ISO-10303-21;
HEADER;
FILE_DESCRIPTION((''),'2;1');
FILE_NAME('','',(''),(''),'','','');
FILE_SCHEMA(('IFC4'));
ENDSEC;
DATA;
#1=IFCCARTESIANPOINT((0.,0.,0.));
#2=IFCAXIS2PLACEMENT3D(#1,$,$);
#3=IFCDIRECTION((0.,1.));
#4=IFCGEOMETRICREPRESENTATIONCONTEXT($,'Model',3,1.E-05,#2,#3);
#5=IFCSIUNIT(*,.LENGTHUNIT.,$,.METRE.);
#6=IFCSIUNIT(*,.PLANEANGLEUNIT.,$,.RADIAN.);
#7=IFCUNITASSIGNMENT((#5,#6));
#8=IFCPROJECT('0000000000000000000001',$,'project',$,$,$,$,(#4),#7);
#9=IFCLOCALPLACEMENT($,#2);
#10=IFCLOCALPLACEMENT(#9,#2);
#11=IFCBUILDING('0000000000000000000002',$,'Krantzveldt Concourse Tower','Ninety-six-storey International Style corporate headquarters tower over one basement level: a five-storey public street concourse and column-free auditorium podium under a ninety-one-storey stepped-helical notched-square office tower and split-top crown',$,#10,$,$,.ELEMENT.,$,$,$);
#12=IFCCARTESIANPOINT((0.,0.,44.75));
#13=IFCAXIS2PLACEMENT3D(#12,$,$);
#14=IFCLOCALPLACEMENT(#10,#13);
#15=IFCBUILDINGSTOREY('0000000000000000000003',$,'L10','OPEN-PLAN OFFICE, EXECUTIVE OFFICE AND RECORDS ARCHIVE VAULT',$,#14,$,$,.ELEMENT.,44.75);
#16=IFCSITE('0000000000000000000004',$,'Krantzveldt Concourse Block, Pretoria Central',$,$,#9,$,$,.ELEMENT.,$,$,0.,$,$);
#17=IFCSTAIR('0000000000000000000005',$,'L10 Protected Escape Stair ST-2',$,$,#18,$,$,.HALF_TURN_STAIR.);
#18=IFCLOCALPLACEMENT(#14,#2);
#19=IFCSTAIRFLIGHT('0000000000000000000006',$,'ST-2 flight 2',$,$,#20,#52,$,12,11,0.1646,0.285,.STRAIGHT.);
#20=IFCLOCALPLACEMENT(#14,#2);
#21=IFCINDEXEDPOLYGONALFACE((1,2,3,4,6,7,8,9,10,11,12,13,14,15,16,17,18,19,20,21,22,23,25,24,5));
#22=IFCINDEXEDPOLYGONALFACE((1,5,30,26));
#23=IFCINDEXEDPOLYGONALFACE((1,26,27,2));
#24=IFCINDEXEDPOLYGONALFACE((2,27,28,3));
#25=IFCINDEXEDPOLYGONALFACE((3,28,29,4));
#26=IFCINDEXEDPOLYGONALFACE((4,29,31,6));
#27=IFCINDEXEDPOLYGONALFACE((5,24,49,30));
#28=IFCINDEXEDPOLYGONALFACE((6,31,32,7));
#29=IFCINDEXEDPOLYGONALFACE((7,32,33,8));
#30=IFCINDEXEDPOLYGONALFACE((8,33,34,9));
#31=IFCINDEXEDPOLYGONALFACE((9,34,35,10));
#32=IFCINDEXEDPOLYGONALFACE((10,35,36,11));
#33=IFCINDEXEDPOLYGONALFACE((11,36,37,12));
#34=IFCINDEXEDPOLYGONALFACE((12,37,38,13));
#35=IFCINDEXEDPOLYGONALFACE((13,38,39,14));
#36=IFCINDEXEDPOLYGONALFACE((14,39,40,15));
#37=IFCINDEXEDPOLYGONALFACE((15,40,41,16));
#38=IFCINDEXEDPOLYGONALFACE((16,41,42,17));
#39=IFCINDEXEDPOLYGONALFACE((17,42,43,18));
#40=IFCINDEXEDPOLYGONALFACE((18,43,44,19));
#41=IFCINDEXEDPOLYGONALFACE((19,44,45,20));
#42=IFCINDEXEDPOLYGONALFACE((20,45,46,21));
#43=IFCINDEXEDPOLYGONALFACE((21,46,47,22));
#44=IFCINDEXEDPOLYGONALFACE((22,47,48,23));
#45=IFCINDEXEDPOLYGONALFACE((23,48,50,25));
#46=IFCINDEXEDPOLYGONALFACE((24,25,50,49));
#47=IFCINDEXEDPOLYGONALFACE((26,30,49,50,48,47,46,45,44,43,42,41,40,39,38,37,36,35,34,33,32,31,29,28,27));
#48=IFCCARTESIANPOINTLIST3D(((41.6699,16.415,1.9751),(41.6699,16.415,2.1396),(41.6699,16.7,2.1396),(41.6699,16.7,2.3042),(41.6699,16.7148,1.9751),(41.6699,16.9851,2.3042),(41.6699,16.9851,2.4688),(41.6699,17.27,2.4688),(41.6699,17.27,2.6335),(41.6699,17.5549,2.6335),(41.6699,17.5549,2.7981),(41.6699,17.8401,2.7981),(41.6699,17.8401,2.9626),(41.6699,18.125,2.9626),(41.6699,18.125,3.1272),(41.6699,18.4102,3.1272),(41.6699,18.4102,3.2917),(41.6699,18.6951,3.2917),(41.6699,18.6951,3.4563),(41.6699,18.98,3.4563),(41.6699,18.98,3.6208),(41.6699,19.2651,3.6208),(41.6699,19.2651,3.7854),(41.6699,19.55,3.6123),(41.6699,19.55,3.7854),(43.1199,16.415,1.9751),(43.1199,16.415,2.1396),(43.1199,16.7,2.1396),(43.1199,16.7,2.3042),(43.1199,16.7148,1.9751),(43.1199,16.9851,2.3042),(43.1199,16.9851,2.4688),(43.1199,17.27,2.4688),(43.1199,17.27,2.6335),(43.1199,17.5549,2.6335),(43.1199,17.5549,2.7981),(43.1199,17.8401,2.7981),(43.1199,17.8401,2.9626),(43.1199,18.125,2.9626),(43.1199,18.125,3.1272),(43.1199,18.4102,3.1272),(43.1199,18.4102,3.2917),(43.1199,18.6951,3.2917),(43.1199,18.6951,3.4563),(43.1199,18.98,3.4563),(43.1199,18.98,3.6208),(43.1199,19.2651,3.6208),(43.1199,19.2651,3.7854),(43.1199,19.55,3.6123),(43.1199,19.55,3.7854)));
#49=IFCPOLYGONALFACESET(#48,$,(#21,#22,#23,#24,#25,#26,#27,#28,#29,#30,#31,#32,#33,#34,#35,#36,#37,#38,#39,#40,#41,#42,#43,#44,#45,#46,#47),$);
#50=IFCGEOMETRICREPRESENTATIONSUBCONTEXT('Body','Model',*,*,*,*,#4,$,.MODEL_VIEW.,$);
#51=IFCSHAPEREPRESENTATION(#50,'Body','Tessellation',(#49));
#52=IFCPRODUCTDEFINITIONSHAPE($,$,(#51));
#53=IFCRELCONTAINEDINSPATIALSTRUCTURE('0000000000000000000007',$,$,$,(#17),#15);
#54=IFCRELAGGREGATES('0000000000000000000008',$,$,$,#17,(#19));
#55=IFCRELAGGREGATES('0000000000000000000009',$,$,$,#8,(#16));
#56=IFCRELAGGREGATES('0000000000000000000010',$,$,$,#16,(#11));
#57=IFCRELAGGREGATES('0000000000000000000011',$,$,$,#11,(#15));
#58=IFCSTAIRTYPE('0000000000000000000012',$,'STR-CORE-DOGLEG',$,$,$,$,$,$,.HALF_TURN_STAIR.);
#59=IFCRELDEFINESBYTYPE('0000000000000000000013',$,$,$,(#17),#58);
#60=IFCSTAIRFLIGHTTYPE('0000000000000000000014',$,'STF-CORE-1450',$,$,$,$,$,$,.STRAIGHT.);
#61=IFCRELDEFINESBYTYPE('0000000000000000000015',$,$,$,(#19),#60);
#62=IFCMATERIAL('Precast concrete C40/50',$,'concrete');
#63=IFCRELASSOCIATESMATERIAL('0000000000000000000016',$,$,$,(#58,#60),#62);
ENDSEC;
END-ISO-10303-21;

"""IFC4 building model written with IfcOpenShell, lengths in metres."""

from ifc_helpers import new_model, si_unit, direction, frame, origin, place, context, subcontext, project, spatial, polyline, outline, extrude, material, type_object, element, aggregate, save


model = new_model("IFC4")

# Units and contexts
model_context = context("Model", 3, precision=1e-05, world=origin(), true_north=direction((0.0, 1.0)))
body_context = subcontext(model_context, "Body", "Model", "MODEL_VIEW")
ifc_project = project(units=[si_unit("LENGTHUNIT", "METRE"), si_unit("PLANEANGLEUNIT", "RADIAN")], contexts=[model_context])

# Site, building, storey
site_placement = place(None, origin())
site = spatial("IfcSite", under=ifc_project, at=site_placement, Name="Krantzveldt Concourse Block, Pretoria Central", CompositionType="ELEMENT", RefElevation=0.0)
building_placement = place(site_placement, origin())
building = spatial("IfcBuilding", under=site, at=building_placement, Name="Krantzveldt Concourse Tower", Description="Ninety-six-storey International Style corporate headquarters tower over one basement level: a five-storey public street concourse and column-free auditorium podium under a ninety-one-storey stepped-helical notched-square office tower and split-top crown", CompositionType="ELEMENT")
storey_placement = place(building_placement, frame((0.0, 0.0, 44.75)))
storey = spatial("IfcBuildingStorey", under=building, at=storey_placement, Name="L10", Description="OPEN-PLAN OFFICE, EXECUTIVE OFFICE AND RECORDS ARCHIVE VAULT", CompositionType="ELEMENT", Elevation=44.75)

# Stair, stair flight
ifc_material_1 = material(Name="Precast concrete C40/50", Category="concrete")
stair_type = type_object("IfcStairType", Name="STR-CORE-DOGLEG", PredefinedType="HALF_TURN_STAIR", material=ifc_material_1)
stair_placement = place(storey_placement, origin())
stair = element("IfcStair", 1, at=stair_placement, inside=storey, type_object=stair_type, Name="L10 Protected Escape Stair ST-2", PredefinedType="HALF_TURN_STAIR")
stair_flight_type = type_object("IfcStairFlightType", Name="STF-CORE-1450", PredefinedType="STRAIGHT", material=ifc_material_1)
stair_flight_1_placement = place(storey_placement, frame((42.395, 16.415, 1.9751), z_axis=(0.0, 0.0, 1.0), x_axis=(0.0, 1.0, 0.0)))
stair_flight_1 = element("IfcStairFlight", 2, at=stair_flight_1_placement, type_object=stair_flight_type, Name="ST-2 flight 2", NumberOfRisers=12, NumberOfTreads=11, PredefinedType="STRAIGHT", RiserHeight=0.1646, TreadLength=0.285, context=body_context, shape_type="SweptSolid", body=[
    extrude(outline(polyline([(0.0, 0.0), (0.0, 0.1646), (0.2849, 0.1646), (0.2849, 0.3291), (0.5701, 0.3291), (0.5701, 0.4937), (0.855, 0.4937), (0.855, 0.6584), (1.1399, 0.6584), (1.1399, 0.823), (1.425, 0.823), (1.425, 0.9875), (1.71, 0.9875), (1.71, 1.1521), (1.9951, 1.1521), (1.9951, 1.3167), (2.28, 1.3167), (2.28, 1.4812), (2.5649, 1.4812), (2.5649, 1.6458), (2.8501, 1.6458), (2.8501, 1.8103), (3.135, 1.8103), (3.135, 1.9751), (3.135, 1.6372), (0.2998, 0.0), (0.0, 0.0)])), frame((0.0, 0.7251, 0.0), z_axis=(0.0, -1.0, 0.0), x_axis=(1.0, 0.0, 0.0)), (0.0, 0.0, 1.0), 1.45),
])
aggregate(stair, [stair_flight_1])

save(model, "model.ifc")
